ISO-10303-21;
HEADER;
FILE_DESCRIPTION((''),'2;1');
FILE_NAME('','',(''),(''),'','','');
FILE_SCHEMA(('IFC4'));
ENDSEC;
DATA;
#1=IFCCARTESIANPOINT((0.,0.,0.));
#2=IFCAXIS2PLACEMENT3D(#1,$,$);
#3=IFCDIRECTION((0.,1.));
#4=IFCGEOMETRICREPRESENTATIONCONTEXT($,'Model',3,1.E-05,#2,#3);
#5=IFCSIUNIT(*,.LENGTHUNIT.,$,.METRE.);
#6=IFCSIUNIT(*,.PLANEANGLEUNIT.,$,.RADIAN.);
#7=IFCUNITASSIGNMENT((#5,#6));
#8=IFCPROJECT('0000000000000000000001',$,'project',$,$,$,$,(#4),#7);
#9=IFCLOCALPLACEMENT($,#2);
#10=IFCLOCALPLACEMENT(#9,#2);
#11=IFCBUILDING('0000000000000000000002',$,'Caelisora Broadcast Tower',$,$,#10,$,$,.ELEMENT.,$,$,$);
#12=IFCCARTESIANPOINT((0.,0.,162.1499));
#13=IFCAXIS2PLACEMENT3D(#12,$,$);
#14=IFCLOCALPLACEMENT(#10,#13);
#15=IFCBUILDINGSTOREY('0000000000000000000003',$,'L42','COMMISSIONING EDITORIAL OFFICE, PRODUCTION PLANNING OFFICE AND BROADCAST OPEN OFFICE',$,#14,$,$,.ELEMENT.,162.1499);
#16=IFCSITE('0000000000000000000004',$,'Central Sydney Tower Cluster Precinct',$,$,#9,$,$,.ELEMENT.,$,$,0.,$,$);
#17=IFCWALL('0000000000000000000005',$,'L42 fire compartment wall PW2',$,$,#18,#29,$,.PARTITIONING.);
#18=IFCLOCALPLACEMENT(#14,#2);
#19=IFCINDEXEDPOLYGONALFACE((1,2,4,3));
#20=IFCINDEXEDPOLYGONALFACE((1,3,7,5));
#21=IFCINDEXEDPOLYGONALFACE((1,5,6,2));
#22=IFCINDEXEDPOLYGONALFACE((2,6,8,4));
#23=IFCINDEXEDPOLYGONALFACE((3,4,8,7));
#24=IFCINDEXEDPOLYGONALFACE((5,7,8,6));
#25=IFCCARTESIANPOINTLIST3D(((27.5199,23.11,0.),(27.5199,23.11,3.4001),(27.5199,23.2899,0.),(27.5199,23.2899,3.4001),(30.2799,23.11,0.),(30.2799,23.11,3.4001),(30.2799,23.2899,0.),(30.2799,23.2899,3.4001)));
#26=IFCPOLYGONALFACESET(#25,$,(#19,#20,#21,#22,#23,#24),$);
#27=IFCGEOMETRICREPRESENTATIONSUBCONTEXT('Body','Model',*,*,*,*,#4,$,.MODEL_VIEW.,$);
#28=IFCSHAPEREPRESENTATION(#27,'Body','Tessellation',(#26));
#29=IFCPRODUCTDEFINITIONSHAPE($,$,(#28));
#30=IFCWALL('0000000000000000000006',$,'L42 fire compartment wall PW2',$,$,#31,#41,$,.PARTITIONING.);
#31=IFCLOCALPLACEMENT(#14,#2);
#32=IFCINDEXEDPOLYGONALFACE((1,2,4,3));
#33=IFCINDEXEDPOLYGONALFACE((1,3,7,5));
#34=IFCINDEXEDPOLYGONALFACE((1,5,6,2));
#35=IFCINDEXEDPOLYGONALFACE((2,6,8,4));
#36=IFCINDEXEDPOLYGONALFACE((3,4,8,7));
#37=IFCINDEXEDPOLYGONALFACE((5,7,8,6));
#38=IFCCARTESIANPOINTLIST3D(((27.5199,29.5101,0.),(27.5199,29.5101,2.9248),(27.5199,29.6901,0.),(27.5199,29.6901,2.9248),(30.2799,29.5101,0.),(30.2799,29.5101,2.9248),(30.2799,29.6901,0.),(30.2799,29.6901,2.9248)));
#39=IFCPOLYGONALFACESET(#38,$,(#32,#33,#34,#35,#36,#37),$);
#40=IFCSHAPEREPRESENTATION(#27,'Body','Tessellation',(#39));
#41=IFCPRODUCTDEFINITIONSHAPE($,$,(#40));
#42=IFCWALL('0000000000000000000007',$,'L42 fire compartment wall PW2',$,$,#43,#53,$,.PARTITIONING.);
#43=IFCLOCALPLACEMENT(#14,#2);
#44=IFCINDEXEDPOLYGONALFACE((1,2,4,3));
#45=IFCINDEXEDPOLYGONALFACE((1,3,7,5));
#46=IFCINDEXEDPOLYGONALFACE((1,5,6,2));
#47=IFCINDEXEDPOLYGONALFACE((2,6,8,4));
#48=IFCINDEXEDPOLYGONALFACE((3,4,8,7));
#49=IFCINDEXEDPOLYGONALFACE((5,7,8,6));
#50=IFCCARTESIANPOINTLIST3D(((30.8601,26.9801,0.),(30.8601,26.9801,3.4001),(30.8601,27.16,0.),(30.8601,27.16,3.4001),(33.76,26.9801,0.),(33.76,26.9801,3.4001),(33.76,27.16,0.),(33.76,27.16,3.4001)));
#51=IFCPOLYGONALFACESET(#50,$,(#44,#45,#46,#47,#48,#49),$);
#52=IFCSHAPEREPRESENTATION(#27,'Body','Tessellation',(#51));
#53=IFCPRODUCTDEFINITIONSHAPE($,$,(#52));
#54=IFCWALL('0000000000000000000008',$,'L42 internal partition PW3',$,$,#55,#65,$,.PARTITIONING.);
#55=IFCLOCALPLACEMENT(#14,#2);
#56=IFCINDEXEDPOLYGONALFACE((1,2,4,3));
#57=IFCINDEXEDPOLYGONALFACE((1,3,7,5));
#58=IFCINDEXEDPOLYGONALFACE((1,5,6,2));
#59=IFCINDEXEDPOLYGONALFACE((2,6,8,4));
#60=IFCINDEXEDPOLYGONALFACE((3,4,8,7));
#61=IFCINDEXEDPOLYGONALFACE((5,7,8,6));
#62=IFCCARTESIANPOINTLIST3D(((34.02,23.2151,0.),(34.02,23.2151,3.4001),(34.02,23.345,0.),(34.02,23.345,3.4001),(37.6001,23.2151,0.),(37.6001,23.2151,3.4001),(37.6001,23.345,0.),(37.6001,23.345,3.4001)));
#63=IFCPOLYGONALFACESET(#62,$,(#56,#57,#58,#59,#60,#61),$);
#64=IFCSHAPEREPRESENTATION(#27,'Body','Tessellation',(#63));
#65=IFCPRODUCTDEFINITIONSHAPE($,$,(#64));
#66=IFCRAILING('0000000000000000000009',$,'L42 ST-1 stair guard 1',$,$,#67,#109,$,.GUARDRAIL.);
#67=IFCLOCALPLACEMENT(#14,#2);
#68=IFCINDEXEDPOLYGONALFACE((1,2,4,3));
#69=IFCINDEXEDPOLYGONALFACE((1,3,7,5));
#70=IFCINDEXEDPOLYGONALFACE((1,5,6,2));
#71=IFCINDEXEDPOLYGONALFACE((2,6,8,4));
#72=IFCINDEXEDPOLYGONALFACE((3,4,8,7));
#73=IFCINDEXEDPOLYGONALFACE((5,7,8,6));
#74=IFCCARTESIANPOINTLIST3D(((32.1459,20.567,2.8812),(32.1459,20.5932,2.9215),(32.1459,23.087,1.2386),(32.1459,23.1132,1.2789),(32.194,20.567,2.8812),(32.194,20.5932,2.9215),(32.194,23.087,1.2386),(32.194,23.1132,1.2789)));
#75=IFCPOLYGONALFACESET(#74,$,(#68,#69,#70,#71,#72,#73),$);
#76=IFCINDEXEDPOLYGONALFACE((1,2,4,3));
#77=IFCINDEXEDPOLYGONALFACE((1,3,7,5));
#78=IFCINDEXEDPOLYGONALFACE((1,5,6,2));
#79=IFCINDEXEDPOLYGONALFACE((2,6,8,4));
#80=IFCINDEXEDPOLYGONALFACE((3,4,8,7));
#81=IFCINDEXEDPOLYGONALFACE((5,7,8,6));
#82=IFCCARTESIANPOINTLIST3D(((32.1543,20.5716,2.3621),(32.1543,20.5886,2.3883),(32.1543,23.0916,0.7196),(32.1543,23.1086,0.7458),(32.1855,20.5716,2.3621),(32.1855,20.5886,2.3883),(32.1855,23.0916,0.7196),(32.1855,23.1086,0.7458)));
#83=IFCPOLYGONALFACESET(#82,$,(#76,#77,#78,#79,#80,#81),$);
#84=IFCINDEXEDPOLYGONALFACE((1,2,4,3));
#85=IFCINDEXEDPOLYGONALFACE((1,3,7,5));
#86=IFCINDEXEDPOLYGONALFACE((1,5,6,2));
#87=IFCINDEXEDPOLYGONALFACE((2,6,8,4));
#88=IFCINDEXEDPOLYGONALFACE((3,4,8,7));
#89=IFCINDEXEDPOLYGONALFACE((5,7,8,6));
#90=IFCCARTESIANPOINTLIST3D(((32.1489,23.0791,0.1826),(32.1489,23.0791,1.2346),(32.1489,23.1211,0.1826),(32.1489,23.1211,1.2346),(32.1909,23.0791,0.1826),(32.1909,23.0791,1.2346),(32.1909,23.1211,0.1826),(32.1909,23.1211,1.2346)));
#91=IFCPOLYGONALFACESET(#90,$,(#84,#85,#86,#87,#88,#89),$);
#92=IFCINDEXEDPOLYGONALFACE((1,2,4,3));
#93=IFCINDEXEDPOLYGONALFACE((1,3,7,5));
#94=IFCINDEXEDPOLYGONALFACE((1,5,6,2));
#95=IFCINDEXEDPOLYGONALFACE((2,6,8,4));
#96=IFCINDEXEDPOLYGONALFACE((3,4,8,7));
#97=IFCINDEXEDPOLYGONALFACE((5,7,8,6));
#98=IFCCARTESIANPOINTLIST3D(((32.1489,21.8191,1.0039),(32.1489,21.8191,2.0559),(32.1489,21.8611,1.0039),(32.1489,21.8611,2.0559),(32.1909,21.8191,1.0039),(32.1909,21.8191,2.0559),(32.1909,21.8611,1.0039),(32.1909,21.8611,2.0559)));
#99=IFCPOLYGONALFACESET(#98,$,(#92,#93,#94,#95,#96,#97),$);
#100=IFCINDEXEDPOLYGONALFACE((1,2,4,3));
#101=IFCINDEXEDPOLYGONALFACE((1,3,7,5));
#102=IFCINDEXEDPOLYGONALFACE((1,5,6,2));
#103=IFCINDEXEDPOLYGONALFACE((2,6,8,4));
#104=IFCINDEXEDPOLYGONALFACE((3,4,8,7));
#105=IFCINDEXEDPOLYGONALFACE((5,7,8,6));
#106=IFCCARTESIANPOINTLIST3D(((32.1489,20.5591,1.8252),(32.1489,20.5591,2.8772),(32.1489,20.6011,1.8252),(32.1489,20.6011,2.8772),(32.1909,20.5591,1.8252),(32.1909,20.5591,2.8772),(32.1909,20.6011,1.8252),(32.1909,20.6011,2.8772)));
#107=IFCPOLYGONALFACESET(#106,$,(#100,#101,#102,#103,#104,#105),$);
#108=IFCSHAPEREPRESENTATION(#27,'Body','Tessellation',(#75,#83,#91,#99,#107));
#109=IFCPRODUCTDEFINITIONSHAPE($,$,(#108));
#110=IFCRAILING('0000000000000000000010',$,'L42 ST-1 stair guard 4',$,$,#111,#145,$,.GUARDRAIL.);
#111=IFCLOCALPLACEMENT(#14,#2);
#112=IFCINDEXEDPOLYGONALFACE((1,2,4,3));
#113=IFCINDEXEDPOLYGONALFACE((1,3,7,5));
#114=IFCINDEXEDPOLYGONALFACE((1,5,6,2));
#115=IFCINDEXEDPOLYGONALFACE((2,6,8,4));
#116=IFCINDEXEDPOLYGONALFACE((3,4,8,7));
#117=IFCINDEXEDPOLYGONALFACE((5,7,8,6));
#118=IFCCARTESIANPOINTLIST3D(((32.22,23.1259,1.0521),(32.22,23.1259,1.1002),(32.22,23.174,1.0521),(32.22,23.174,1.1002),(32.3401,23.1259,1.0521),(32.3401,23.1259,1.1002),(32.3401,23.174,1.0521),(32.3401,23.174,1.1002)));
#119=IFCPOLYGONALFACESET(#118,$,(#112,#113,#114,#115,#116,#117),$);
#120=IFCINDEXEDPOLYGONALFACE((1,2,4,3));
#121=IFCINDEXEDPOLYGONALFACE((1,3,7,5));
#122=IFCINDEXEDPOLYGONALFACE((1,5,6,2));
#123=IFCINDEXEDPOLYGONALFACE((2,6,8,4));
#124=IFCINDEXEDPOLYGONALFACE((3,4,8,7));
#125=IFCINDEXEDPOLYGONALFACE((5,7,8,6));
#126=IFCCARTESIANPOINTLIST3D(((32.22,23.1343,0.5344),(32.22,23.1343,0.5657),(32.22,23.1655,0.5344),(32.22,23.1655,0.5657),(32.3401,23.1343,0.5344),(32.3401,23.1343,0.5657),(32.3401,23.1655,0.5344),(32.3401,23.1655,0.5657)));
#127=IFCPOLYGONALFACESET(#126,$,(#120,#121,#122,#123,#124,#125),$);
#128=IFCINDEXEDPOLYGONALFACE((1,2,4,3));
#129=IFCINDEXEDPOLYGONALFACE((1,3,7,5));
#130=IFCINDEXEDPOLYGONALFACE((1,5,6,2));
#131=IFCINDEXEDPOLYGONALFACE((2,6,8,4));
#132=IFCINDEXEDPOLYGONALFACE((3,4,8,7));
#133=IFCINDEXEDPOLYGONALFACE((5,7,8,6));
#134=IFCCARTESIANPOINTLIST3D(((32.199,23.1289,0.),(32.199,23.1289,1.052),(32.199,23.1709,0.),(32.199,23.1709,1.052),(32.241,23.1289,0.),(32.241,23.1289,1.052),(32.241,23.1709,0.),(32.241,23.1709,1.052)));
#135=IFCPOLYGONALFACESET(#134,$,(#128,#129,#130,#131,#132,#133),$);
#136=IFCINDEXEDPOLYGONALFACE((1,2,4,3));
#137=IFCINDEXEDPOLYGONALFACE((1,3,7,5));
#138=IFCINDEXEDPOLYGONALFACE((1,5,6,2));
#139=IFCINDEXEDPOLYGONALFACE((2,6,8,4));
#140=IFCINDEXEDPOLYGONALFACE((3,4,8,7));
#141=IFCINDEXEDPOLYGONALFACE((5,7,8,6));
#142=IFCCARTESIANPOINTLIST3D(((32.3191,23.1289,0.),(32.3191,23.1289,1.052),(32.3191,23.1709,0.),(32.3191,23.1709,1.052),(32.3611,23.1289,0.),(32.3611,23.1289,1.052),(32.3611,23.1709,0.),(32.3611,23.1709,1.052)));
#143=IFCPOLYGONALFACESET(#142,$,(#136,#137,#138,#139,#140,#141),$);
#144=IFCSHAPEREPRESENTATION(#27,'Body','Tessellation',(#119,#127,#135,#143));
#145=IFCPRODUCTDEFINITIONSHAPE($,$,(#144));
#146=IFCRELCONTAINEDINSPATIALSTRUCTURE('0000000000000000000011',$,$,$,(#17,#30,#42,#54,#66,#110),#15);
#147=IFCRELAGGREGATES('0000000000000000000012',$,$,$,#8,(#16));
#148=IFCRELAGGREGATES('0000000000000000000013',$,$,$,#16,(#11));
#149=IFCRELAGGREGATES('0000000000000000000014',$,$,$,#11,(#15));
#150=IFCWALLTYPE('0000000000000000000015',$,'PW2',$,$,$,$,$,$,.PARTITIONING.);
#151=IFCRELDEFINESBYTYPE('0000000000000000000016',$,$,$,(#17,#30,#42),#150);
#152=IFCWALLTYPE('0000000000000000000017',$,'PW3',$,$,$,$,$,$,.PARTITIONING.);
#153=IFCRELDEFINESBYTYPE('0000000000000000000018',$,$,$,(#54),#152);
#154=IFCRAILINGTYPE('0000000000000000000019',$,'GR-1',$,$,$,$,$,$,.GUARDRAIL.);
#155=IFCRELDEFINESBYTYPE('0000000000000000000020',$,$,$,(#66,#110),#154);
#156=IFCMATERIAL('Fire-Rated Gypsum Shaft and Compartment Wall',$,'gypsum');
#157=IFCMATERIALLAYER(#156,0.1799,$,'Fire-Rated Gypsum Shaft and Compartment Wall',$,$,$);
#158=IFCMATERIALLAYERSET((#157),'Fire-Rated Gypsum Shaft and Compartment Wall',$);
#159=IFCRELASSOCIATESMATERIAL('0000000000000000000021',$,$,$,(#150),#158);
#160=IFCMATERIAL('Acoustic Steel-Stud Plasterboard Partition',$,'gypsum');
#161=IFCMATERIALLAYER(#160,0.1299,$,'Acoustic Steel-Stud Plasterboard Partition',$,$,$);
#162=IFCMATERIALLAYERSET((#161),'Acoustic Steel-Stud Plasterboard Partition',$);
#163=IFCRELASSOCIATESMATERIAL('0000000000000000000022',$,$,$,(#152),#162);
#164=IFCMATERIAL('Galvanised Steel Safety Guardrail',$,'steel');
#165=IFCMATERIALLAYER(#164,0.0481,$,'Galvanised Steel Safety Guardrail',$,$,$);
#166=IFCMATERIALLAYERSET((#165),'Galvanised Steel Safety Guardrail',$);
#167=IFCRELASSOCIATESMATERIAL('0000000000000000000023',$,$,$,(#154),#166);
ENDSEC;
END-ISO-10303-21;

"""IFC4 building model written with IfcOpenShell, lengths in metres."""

from ifc_helpers import new_model, si_unit, direction, frame, frame_2d, origin, origin_2d, place, context, subcontext, project, spatial, rectangle, extrude, material, layer, layer_set, type_object, element, save


model = new_model("IFC4")

# Units and contexts
model_context = context("Model", 3, precision=1e-05, world=origin(), true_north=direction((0.0, 1.0)))
body_context = subcontext(model_context, "Body", "Model", "MODEL_VIEW")
ifc_project = project(units=[si_unit("LENGTHUNIT", "METRE"), si_unit("PLANEANGLEUNIT", "RADIAN")], contexts=[model_context])

# Site, building, storey
site_placement = place(None, origin())
site = spatial("IfcSite", under=ifc_project, at=site_placement, Name="Central Sydney Tower Cluster Precinct", CompositionType="ELEMENT", RefElevation=0.0)
building_placement = place(site_placement, origin())
building = spatial("IfcBuilding", under=site, at=building_placement, Name="Caelisora Broadcast Tower", CompositionType="ELEMENT")
storey_placement = place(building_placement, frame((0.0, 0.0, 162.1499)))
storey = spatial("IfcBuildingStorey", under=building, at=storey_placement, Name="L42", Description="COMMISSIONING EDITORIAL OFFICE, PRODUCTION PLANNING OFFICE AND BROADCAST OPEN OFFICE", CompositionType="ELEMENT", Elevation=162.1499)

# Shared definitions
ifc_material_1 = material(Name="Fire-Rated Gypsum Shaft and Compartment Wall", Category="gypsum")
ifc_layer_1 = layer(ifc_material_1, 0.1799, Name="Fire-Rated Gypsum Shaft and Compartment Wall")
ifc_layer_set_1 = layer_set([ifc_layer_1], Name="Fire-Rated Gypsum Shaft and Compartment Wall")
wall_type_1 = type_object("IfcWallType", Name="PW2", PredefinedType="PARTITIONING", material=ifc_layer_set_1)

# Walls
wall_1_placement = place(storey_placement, frame((27.52, 23.2, 0.0), z_axis=(0.0, 0.0, 1.0), x_axis=(1.0, 0.0, 0.0)))
element("IfcWall", 1, at=wall_1_placement, inside=storey, type_object=wall_type_1, Name="L42 fire compartment wall PW2", PredefinedType="PARTITIONING", context=body_context, shape_type="SweptSolid", body=[
    extrude(rectangle(XDim=2.76, YDim=0.1799, at=frame_2d((1.3799, 0.0))), origin(), (0.0, 0.0, 1.0), 3.4001),
])
wall_2_placement = place(storey_placement, frame((27.52, 29.6001, 0.0), z_axis=(0.0, 0.0, 1.0), x_axis=(1.0, 0.0, 0.0)))
element("IfcWall", 2, at=wall_2_placement, inside=storey, type_object=wall_type_1, Name="L42 fire compartment wall PW2", PredefinedType="PARTITIONING", context=body_context, shape_type="SweptSolid", body=[
    extrude(rectangle(XDim=2.76, YDim=0.1799, at=frame_2d((1.3799, 0.0))), origin(), (0.0, 0.0, 1.0), 2.9248),
])
wall_3_placement = place(storey_placement, frame((30.8601, 27.0701, 0.0), z_axis=(0.0, 0.0, 1.0), x_axis=(1.0, 0.0, 0.0)))
element("IfcWall", 3, at=wall_3_placement, inside=storey, type_object=wall_type_1, Name="L42 fire compartment wall PW2", PredefinedType="PARTITIONING", context=body_context, shape_type="SweptSolid", body=[
    extrude(rectangle(XDim=2.8999, YDim=0.1799, at=frame_2d((1.45, 0.0))), origin(), (0.0, 0.0, 1.0), 3.4001),
])
ifc_material_2 = material(Name="Acoustic Steel-Stud Plasterboard Partition", Category="gypsum")
ifc_layer_2 = layer(ifc_material_2, 0.1299, Name="Acoustic Steel-Stud Plasterboard Partition")
ifc_layer_set_2 = layer_set([ifc_layer_2], Name="Acoustic Steel-Stud Plasterboard Partition")
wall_type_2 = type_object("IfcWallType", Name="PW3", PredefinedType="PARTITIONING", material=ifc_layer_set_2)
wall_4_placement = place(storey_placement, frame((34.02, 23.28, 0.0), z_axis=(0.0, 0.0, 1.0), x_axis=(1.0, 0.0, 0.0)))
element("IfcWall", 4, at=wall_4_placement, inside=storey, type_object=wall_type_2, Name="L42 internal partition PW3", PredefinedType="PARTITIONING", context=body_context, shape_type="SweptSolid", body=[
    extrude(rectangle(XDim=3.5801, YDim=0.1299, at=frame_2d((1.79, 0.0))), origin(), (0.0, 0.0, 1.0), 3.4001),
])

# Railings
ifc_material_3 = material(Name="Galvanised Steel Safety Guardrail", Category="steel")
ifc_layer_3 = layer(ifc_material_3, 0.0481, Name="Galvanised Steel Safety Guardrail")
ifc_layer_set_3 = layer_set([ifc_layer_3], Name="Galvanised Steel Safety Guardrail")
railing_type = type_object("IfcRailingType", Name="GR-1", PredefinedType="GUARDRAIL", material=ifc_layer_set_3)
railing_1_placement = place(storey_placement, frame((32.1699, 23.1001, 0.1826)))
element("IfcRailing", 5, at=railing_1_placement, inside=storey, type_object=railing_type, Name="L42 ST-1 stair guard 1", PredefinedType="GUARDRAIL", context=body_context, shape_type="SweptSolid", body=[
    extrude(rectangle(XDim=0.0481, YDim=0.0481, at=origin_2d()), frame((0.0, 0.0, 1.0762), z_axis=(0.0, -0.837749, 0.546055), x_axis=(1.0, 0.0, 0.0)), (0.0, 0.0, 1.0), 3.0081),
    extrude(rectangle(XDim=0.0312, YDim=0.0312, at=origin_2d()), frame((0.0, 0.0, 0.55), z_axis=(0.0, -0.837749, 0.546055), x_axis=(1.0, 0.0, 0.0)), (0.0, 0.0, 1.0), 3.0081),
    extrude(rectangle(XDim=0.042, YDim=0.042, at=origin_2d()), origin(), (0.0, 0.0, 1.0), 1.052),
    extrude(rectangle(XDim=0.042, YDim=0.042, at=origin_2d()), frame((0.0, -1.26, 0.8213)), (0.0, 0.0, 1.0), 1.052),
    extrude(rectangle(XDim=0.042, YDim=0.042, at=origin_2d()), frame((0.0, -2.52, 1.6426)), (0.0, 0.0, 1.0), 1.052),
])
railing_2_placement = place(storey_placement, frame((32.22, 23.1499, 0.0)))
element("IfcRailing", 6, at=railing_2_placement, inside=storey, type_object=railing_type, Name="L42 ST-1 stair guard 4", PredefinedType="GUARDRAIL", context=body_context, shape_type="SweptSolid", body=[
    extrude(rectangle(XDim=0.0481, YDim=0.0481, at=origin_2d()), frame((0.0, 0.0, 1.0762), z_axis=(1.0, 0.0, 0.0), x_axis=(0.0, 1.0, 0.0)), (0.0, 0.0, 1.0), 0.1201),
    extrude(rectangle(XDim=0.0312, YDim=0.0312, at=origin_2d()), frame((0.0, 0.0, 0.55), z_axis=(1.0, 0.0, 0.0), x_axis=(0.0, 1.0, 0.0)), (0.0, 0.0, 1.0), 0.1201),
    extrude(rectangle(XDim=0.042, YDim=0.042, at=origin_2d()), origin(), (0.0, 0.0, 1.0), 1.052),
    extrude(rectangle(XDim=0.042, YDim=0.042, at=origin_2d()), frame((0.1201, 0.0, 0.0)), (0.0, 0.0, 1.0), 1.052),
])

save(model, "model.ifc")
